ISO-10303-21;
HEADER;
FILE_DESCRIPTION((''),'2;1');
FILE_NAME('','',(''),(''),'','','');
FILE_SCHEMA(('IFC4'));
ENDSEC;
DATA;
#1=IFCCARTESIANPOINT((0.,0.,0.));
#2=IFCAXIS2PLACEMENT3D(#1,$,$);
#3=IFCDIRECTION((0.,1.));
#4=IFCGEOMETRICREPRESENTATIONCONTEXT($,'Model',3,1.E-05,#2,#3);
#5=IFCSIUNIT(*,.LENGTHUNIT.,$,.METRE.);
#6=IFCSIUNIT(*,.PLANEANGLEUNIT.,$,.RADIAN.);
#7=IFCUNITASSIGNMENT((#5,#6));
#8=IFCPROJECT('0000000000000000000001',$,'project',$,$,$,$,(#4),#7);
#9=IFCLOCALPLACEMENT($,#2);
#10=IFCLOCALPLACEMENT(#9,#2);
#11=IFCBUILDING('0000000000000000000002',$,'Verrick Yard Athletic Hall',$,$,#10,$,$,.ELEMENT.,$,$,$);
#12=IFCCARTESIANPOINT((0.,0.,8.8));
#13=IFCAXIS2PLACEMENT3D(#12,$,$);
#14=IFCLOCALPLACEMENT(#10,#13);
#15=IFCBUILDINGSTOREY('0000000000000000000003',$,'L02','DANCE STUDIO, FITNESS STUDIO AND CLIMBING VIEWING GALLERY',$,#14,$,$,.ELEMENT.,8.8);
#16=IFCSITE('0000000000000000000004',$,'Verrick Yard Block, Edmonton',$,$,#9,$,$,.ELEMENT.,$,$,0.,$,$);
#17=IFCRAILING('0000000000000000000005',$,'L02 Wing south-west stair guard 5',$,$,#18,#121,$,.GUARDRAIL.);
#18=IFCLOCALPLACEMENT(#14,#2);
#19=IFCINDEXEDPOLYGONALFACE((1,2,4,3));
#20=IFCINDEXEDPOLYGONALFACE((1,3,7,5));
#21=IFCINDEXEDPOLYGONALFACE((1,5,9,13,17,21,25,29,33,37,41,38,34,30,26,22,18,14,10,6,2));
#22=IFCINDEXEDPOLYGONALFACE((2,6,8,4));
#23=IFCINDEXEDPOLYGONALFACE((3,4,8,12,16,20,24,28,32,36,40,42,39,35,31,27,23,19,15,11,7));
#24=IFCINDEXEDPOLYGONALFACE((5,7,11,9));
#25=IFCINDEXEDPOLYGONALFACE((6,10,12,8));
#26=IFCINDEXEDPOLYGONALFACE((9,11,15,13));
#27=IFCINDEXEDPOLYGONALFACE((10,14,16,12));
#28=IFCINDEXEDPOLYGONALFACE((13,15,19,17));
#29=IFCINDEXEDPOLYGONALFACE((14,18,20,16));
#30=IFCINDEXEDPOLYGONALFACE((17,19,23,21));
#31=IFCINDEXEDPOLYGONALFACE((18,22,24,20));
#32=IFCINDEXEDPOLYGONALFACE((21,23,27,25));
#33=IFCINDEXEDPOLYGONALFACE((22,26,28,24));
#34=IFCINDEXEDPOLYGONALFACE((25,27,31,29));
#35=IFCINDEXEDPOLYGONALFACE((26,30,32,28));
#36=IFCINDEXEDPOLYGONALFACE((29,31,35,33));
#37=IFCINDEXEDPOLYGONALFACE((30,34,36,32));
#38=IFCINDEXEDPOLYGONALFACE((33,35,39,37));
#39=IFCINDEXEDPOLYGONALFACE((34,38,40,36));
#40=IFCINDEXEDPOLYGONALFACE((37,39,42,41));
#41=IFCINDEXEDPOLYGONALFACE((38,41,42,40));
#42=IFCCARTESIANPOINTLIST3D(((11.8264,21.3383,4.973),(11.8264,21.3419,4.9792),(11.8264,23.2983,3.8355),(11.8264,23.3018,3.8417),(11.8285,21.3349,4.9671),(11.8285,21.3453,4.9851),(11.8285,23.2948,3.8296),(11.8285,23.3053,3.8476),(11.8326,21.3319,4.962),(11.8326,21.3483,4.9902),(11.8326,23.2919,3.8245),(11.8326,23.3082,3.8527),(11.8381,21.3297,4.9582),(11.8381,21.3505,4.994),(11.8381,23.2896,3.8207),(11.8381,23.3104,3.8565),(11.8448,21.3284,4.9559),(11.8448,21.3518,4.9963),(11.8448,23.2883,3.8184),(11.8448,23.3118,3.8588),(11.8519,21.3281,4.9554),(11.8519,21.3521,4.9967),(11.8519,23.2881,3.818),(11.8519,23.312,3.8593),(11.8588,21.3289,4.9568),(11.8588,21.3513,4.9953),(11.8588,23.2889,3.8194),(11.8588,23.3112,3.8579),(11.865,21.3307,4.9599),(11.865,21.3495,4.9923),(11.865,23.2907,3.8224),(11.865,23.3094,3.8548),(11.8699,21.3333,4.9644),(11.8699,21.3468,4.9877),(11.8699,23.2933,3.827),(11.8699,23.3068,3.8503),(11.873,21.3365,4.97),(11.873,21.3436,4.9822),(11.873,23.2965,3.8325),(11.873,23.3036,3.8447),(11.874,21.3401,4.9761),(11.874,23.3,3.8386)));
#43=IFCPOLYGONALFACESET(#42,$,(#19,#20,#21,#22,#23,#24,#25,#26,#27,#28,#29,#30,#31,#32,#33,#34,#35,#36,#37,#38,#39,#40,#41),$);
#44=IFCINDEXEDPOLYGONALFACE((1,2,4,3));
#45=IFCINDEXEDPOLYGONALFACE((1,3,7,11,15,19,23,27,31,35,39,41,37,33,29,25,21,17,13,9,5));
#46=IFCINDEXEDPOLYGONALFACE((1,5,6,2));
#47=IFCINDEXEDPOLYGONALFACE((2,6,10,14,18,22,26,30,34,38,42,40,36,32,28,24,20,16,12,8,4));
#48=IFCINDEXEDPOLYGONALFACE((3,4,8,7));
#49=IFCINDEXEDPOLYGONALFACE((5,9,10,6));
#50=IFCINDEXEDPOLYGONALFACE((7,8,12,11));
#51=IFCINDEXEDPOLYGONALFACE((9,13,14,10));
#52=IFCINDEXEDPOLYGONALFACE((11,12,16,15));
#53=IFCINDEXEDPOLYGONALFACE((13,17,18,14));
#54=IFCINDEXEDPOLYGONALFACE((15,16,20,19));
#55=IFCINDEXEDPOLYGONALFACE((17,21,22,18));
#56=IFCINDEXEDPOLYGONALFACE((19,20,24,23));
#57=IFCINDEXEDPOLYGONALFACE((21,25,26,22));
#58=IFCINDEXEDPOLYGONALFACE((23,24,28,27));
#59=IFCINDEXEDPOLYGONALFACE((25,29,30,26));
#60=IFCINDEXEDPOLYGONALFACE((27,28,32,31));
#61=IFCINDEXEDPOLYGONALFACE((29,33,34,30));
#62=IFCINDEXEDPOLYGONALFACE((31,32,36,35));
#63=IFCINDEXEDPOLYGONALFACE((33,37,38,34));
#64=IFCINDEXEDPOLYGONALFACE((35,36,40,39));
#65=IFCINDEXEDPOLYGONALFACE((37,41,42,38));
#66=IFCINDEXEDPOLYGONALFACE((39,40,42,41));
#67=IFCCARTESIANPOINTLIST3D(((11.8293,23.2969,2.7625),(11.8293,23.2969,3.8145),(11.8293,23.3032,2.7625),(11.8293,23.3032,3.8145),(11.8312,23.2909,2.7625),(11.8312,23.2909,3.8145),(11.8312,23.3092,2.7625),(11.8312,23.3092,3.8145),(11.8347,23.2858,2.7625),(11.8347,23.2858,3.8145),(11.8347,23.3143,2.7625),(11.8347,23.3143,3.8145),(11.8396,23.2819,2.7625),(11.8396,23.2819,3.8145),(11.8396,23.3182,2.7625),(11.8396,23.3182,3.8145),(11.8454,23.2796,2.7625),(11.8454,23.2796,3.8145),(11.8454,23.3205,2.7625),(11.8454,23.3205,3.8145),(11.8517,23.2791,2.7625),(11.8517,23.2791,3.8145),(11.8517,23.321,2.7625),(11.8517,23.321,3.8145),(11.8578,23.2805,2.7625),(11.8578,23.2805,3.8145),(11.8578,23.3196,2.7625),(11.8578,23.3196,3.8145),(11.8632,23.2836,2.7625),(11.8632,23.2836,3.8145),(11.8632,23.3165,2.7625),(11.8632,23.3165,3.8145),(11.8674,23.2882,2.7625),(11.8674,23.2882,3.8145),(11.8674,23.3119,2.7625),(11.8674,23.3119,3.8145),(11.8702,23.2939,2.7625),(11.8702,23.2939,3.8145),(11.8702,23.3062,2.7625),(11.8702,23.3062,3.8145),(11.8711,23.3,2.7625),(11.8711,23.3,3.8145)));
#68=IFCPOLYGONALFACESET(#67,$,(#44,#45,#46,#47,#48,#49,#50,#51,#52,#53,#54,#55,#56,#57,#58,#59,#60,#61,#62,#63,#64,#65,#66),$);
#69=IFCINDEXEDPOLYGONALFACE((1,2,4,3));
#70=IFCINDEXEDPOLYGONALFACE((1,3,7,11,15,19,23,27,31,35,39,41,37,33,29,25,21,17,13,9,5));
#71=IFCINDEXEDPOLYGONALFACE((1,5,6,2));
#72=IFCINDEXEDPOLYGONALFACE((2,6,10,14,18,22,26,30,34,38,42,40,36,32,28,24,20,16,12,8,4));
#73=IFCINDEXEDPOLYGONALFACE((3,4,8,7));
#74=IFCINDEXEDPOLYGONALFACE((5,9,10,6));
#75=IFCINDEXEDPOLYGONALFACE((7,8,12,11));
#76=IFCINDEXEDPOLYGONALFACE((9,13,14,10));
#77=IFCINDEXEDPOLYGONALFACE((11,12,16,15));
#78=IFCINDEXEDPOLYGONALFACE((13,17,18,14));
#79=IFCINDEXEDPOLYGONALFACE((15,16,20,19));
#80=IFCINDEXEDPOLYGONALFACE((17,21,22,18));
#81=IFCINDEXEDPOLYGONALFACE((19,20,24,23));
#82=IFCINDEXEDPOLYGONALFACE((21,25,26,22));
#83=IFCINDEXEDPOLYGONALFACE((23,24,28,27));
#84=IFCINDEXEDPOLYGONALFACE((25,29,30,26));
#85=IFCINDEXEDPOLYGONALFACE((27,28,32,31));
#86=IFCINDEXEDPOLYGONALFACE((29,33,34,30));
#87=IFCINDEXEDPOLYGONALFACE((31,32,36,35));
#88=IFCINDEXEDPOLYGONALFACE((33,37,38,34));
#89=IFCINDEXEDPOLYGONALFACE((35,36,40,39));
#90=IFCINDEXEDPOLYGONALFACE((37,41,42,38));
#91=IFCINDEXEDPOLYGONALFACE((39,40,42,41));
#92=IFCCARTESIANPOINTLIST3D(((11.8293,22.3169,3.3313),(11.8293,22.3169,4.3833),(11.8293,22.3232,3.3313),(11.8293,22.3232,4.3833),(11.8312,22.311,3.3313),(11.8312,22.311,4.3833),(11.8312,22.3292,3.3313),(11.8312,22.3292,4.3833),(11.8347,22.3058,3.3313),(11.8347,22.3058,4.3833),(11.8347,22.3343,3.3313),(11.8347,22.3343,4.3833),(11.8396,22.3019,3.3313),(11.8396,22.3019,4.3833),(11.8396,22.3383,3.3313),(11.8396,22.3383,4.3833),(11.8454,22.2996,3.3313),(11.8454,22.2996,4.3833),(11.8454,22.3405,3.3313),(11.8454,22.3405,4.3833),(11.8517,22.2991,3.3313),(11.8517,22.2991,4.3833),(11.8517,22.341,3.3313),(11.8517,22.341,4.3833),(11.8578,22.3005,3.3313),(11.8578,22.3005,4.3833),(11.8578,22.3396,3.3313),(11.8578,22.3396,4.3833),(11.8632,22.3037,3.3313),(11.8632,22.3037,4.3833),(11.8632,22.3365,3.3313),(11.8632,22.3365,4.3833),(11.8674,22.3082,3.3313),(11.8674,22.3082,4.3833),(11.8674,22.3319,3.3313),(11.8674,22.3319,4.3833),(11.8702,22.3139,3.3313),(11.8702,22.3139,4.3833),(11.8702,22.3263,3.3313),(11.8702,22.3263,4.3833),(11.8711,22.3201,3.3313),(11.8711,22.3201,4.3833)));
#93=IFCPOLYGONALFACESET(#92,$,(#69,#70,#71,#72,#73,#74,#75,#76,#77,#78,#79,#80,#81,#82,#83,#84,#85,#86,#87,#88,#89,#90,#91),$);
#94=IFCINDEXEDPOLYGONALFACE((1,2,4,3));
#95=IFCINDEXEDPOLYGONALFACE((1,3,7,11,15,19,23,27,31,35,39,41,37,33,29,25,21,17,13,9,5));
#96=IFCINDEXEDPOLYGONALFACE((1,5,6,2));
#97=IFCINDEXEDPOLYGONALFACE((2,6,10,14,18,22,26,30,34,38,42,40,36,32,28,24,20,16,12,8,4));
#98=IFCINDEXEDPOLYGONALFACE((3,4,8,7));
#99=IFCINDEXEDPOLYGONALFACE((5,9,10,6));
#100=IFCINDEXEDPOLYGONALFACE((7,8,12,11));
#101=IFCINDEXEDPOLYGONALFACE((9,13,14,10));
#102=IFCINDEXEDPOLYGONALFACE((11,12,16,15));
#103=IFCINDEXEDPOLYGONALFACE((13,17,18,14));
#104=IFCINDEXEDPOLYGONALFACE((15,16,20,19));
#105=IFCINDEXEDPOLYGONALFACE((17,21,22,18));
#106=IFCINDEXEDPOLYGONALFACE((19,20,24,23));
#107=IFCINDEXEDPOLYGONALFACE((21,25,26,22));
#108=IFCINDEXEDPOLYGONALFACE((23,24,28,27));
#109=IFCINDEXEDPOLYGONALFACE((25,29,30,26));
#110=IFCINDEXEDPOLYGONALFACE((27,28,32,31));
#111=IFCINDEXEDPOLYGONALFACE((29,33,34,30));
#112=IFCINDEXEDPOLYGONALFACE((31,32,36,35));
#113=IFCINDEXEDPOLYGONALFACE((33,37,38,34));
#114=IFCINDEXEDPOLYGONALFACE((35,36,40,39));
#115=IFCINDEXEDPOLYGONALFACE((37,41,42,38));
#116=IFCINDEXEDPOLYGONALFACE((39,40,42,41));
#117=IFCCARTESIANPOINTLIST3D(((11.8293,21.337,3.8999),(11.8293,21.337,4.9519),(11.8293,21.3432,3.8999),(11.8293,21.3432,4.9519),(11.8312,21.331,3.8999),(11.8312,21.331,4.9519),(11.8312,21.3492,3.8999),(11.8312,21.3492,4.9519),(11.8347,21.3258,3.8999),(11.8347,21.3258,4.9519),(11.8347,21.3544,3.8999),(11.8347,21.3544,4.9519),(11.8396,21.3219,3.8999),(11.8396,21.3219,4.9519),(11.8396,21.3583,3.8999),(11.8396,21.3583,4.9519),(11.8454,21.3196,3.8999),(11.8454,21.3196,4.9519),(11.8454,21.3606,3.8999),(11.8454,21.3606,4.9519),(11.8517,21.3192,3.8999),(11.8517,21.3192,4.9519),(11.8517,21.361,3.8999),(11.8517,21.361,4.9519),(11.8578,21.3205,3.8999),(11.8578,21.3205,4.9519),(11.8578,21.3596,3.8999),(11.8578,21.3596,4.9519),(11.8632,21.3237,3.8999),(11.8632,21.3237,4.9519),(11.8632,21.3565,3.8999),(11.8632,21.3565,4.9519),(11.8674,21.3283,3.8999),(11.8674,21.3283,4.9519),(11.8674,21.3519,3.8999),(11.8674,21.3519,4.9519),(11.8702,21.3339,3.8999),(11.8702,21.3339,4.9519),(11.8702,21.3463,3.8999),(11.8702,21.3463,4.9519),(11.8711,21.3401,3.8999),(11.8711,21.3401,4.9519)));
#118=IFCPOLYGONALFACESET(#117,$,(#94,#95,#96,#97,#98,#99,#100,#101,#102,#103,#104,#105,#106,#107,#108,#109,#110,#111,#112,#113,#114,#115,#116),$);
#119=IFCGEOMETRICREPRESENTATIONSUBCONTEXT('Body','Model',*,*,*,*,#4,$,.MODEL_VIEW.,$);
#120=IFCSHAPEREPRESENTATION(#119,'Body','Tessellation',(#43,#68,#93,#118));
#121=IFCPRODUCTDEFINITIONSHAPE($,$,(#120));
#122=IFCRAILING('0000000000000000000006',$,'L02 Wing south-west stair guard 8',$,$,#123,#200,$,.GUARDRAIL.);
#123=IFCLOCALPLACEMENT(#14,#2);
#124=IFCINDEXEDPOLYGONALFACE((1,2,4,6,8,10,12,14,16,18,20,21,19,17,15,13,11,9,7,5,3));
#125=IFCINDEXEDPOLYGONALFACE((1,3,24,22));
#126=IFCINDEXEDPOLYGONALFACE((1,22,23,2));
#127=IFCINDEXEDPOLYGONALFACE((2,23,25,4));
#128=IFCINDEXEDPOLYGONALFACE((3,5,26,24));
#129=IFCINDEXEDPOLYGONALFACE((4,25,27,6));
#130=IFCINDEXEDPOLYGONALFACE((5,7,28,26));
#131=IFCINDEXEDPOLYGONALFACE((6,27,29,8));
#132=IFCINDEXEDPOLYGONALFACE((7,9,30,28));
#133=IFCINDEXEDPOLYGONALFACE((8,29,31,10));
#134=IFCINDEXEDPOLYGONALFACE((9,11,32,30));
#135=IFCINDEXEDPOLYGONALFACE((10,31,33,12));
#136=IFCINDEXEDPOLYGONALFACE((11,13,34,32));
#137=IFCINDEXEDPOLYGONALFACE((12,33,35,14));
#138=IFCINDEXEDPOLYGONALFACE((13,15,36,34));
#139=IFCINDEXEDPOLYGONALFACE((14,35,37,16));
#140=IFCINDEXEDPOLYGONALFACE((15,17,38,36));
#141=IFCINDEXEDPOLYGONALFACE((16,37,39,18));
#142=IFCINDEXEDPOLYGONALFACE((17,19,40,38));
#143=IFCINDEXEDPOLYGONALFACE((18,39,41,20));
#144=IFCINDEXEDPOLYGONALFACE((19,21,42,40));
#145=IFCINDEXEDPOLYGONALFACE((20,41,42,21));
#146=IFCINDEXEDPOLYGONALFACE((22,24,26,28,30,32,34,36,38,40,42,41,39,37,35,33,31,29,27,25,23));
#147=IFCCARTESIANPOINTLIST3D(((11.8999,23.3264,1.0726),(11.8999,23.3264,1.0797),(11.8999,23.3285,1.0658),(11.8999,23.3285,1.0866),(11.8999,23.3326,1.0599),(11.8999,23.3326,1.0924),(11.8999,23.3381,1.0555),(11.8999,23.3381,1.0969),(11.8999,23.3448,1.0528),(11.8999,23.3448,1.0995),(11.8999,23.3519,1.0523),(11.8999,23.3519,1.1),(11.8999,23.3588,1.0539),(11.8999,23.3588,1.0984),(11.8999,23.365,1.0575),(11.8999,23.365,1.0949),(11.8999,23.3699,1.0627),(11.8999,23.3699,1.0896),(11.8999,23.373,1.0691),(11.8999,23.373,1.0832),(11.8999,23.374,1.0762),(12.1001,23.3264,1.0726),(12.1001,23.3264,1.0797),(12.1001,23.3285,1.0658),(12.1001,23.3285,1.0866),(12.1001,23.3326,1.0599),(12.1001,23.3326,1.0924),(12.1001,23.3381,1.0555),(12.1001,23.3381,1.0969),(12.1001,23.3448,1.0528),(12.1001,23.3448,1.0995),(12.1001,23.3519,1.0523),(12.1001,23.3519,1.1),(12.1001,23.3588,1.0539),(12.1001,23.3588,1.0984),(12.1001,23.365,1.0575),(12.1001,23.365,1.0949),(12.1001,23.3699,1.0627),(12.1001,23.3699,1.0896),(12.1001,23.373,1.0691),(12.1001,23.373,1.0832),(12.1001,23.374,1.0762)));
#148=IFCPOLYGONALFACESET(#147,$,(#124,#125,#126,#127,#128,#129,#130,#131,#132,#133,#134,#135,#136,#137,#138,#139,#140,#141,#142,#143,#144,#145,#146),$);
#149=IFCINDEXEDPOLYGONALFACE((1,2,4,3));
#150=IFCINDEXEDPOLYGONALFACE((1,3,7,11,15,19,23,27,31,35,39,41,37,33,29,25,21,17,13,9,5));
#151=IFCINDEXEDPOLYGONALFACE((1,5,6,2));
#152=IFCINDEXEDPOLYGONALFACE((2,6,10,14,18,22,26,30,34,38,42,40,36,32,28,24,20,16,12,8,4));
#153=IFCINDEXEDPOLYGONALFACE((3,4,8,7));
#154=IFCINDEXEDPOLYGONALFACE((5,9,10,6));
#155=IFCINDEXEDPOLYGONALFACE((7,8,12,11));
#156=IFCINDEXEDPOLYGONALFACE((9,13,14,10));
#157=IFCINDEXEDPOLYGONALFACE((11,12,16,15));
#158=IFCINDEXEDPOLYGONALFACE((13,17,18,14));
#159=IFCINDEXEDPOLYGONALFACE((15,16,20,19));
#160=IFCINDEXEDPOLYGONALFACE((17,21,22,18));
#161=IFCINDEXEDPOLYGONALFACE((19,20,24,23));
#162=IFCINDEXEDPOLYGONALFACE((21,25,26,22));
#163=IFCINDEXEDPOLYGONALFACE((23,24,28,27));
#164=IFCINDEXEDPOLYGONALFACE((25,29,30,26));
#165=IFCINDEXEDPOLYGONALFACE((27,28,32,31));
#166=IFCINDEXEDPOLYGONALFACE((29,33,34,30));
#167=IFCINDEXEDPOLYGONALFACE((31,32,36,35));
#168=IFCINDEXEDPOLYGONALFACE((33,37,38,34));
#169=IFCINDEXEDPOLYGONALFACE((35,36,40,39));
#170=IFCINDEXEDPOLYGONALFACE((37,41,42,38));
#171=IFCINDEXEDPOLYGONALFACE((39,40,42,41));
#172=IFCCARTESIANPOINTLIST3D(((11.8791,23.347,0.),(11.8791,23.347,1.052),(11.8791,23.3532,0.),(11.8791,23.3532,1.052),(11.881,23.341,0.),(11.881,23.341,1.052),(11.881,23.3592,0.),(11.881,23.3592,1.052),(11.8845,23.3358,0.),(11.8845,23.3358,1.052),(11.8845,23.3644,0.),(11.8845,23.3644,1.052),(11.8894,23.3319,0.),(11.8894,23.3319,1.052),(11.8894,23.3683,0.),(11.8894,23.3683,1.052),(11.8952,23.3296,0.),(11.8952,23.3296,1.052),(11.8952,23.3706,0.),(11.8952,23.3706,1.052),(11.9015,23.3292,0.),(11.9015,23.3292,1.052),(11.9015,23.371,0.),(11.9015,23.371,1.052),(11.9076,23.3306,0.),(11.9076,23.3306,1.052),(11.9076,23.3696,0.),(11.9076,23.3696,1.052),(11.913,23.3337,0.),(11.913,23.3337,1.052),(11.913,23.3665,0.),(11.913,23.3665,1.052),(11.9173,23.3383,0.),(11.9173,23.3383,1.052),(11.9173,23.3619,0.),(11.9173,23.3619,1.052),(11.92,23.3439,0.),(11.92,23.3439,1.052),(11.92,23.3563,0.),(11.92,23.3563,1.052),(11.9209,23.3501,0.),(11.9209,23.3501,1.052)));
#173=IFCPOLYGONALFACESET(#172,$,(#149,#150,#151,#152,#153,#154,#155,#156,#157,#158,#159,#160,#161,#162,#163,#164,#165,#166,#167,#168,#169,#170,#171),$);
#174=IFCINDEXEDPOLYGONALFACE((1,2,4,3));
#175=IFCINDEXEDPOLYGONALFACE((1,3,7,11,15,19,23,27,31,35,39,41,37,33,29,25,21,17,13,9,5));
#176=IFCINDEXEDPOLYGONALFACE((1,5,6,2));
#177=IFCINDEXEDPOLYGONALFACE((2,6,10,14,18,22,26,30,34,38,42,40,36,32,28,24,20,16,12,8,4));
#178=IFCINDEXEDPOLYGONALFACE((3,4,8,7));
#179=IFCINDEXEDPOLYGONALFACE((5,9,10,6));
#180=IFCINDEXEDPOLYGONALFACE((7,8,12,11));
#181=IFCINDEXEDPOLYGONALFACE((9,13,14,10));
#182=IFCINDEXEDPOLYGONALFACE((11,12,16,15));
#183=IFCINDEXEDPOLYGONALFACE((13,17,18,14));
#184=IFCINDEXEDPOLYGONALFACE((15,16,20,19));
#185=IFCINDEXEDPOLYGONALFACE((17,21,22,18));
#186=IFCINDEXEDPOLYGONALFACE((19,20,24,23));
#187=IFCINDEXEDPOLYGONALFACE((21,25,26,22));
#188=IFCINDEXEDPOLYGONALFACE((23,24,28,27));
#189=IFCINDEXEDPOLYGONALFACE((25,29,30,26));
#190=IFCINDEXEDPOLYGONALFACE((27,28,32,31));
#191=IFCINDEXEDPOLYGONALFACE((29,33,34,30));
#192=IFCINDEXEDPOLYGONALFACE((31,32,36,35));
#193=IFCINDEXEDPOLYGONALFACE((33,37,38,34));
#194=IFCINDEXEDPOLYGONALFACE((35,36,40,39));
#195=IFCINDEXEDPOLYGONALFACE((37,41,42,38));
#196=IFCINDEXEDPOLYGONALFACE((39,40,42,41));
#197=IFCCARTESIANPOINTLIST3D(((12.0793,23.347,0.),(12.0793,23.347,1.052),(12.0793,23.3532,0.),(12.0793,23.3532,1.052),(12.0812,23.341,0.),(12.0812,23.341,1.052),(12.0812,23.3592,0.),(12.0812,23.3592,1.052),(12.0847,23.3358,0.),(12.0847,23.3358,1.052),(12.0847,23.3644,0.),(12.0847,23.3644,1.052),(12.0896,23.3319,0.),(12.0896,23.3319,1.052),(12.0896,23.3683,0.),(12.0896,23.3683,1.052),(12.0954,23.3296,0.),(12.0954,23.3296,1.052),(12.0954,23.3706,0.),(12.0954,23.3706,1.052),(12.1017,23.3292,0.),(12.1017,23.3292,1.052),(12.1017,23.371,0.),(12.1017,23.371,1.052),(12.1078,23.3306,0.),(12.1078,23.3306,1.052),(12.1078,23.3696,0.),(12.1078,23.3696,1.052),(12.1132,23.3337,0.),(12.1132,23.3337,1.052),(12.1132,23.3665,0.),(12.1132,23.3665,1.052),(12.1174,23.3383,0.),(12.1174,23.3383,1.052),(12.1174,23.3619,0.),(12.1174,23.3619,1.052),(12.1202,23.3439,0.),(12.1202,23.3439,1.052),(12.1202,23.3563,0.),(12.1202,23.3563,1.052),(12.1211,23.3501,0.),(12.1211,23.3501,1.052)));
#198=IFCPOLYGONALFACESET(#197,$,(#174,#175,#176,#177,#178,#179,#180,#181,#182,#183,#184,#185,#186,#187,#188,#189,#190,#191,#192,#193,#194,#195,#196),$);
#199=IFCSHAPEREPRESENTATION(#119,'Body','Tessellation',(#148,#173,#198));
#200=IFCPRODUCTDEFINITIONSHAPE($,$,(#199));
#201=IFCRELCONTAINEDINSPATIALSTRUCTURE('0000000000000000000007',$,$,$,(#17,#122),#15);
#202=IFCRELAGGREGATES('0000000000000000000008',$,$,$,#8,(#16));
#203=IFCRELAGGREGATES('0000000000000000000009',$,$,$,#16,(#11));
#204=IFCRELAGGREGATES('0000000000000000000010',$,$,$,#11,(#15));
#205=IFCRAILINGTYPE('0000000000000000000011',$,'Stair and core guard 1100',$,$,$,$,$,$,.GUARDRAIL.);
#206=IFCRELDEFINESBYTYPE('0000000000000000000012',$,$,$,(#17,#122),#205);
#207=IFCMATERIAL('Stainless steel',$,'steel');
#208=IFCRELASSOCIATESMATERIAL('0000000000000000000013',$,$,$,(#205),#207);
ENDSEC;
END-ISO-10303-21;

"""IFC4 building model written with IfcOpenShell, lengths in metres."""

from ifc_helpers import new_model, si_unit, direction, frame, origin, origin_2d, place, context, subcontext, project, spatial, circle, extrude, material, type_object, element, save


model = new_model("IFC4")

# Units and contexts
model_context = context("Model", 3, precision=1e-05, world=origin(), true_north=direction((0.0, 1.0)))
body_context = subcontext(model_context, "Body", "Model", "MODEL_VIEW")
ifc_project = project(units=[si_unit("LENGTHUNIT", "METRE"), si_unit("PLANEANGLEUNIT", "RADIAN")], contexts=[model_context])

# Site, building, storey
site_placement = place(None, origin())
site = spatial("IfcSite", under=ifc_project, at=site_placement, Name="Verrick Yard Block, Edmonton", CompositionType="ELEMENT", RefElevation=0.0)
building_placement = place(site_placement, origin())
building = spatial("IfcBuilding", under=site, at=building_placement, Name="Verrick Yard Athletic Hall", CompositionType="ELEMENT")
storey_placement = place(building_placement, frame((0.0, 0.0, 8.8)))
storey = spatial("IfcBuildingStorey", under=building, at=storey_placement, Name="L02", Description="DANCE STUDIO, FITNESS STUDIO AND CLIMBING VIEWING GALLERY", CompositionType="ELEMENT", Elevation=8.8)

# Railings
ifc_material_1 = material(Name="Stainless steel", Category="steel")
railing_type_1 = type_object("IfcRailingType", Name="Stair and core guard 1100", PredefinedType="GUARDRAIL", material=ifc_material_1)
railing_1_placement = place(storey_placement, frame((11.8501, 23.3, 2.7625)))
element("IfcRailing", 1, at=railing_1_placement, inside=storey, type_object=railing_type_1, Name="L02 Wing south-west stair guard 5", PredefinedType="GUARDRAIL", context=body_context, shape_type="SweptSolid", body=[
    extrude(circle(Radius=0.0239, at=origin_2d()), frame((0.0, 0.0, 1.0762), z_axis=(0.0, -0.864902, 0.501941), x_axis=(1.0, 0.0, 0.0)), (0.0, 0.0, 1.0), 2.2661),
    extrude(circle(Radius=0.021, at=origin_2d()), origin(), (0.0, 0.0, 1.0), 1.052),
    extrude(circle(Radius=0.021, at=origin_2d()), frame((0.0, -0.98, 0.5688)), (0.0, 0.0, 1.0), 1.052),
    extrude(circle(Radius=0.021, at=origin_2d()), frame((0.0, -1.96, 1.1375)), (0.0, 0.0, 1.0), 1.052),
])
railing_2_placement = place(storey_placement, frame((11.8999, 23.3501, 0.0)))
element("IfcRailing", 2, at=railing_2_placement, inside=storey, type_object=railing_type_1, Name="L02 Wing south-west stair guard 8", PredefinedType="GUARDRAIL", context=body_context, shape_type="SweptSolid", body=[
    extrude(circle(Radius=0.0239, at=origin_2d()), frame((0.0, 0.0, 1.0762), z_axis=(1.0, 0.0, 0.0), x_axis=(0.0, 1.0, 0.0)), (0.0, 0.0, 1.0), 0.2002),
    extrude(circle(Radius=0.021, at=origin_2d()), origin(), (0.0, 0.0, 1.0), 1.052),
    extrude(circle(Radius=0.021, at=origin_2d()), frame((0.2002, 0.0, 0.0)), (0.0, 0.0, 1.0), 1.052),
])

save(model, "model.ifc")
